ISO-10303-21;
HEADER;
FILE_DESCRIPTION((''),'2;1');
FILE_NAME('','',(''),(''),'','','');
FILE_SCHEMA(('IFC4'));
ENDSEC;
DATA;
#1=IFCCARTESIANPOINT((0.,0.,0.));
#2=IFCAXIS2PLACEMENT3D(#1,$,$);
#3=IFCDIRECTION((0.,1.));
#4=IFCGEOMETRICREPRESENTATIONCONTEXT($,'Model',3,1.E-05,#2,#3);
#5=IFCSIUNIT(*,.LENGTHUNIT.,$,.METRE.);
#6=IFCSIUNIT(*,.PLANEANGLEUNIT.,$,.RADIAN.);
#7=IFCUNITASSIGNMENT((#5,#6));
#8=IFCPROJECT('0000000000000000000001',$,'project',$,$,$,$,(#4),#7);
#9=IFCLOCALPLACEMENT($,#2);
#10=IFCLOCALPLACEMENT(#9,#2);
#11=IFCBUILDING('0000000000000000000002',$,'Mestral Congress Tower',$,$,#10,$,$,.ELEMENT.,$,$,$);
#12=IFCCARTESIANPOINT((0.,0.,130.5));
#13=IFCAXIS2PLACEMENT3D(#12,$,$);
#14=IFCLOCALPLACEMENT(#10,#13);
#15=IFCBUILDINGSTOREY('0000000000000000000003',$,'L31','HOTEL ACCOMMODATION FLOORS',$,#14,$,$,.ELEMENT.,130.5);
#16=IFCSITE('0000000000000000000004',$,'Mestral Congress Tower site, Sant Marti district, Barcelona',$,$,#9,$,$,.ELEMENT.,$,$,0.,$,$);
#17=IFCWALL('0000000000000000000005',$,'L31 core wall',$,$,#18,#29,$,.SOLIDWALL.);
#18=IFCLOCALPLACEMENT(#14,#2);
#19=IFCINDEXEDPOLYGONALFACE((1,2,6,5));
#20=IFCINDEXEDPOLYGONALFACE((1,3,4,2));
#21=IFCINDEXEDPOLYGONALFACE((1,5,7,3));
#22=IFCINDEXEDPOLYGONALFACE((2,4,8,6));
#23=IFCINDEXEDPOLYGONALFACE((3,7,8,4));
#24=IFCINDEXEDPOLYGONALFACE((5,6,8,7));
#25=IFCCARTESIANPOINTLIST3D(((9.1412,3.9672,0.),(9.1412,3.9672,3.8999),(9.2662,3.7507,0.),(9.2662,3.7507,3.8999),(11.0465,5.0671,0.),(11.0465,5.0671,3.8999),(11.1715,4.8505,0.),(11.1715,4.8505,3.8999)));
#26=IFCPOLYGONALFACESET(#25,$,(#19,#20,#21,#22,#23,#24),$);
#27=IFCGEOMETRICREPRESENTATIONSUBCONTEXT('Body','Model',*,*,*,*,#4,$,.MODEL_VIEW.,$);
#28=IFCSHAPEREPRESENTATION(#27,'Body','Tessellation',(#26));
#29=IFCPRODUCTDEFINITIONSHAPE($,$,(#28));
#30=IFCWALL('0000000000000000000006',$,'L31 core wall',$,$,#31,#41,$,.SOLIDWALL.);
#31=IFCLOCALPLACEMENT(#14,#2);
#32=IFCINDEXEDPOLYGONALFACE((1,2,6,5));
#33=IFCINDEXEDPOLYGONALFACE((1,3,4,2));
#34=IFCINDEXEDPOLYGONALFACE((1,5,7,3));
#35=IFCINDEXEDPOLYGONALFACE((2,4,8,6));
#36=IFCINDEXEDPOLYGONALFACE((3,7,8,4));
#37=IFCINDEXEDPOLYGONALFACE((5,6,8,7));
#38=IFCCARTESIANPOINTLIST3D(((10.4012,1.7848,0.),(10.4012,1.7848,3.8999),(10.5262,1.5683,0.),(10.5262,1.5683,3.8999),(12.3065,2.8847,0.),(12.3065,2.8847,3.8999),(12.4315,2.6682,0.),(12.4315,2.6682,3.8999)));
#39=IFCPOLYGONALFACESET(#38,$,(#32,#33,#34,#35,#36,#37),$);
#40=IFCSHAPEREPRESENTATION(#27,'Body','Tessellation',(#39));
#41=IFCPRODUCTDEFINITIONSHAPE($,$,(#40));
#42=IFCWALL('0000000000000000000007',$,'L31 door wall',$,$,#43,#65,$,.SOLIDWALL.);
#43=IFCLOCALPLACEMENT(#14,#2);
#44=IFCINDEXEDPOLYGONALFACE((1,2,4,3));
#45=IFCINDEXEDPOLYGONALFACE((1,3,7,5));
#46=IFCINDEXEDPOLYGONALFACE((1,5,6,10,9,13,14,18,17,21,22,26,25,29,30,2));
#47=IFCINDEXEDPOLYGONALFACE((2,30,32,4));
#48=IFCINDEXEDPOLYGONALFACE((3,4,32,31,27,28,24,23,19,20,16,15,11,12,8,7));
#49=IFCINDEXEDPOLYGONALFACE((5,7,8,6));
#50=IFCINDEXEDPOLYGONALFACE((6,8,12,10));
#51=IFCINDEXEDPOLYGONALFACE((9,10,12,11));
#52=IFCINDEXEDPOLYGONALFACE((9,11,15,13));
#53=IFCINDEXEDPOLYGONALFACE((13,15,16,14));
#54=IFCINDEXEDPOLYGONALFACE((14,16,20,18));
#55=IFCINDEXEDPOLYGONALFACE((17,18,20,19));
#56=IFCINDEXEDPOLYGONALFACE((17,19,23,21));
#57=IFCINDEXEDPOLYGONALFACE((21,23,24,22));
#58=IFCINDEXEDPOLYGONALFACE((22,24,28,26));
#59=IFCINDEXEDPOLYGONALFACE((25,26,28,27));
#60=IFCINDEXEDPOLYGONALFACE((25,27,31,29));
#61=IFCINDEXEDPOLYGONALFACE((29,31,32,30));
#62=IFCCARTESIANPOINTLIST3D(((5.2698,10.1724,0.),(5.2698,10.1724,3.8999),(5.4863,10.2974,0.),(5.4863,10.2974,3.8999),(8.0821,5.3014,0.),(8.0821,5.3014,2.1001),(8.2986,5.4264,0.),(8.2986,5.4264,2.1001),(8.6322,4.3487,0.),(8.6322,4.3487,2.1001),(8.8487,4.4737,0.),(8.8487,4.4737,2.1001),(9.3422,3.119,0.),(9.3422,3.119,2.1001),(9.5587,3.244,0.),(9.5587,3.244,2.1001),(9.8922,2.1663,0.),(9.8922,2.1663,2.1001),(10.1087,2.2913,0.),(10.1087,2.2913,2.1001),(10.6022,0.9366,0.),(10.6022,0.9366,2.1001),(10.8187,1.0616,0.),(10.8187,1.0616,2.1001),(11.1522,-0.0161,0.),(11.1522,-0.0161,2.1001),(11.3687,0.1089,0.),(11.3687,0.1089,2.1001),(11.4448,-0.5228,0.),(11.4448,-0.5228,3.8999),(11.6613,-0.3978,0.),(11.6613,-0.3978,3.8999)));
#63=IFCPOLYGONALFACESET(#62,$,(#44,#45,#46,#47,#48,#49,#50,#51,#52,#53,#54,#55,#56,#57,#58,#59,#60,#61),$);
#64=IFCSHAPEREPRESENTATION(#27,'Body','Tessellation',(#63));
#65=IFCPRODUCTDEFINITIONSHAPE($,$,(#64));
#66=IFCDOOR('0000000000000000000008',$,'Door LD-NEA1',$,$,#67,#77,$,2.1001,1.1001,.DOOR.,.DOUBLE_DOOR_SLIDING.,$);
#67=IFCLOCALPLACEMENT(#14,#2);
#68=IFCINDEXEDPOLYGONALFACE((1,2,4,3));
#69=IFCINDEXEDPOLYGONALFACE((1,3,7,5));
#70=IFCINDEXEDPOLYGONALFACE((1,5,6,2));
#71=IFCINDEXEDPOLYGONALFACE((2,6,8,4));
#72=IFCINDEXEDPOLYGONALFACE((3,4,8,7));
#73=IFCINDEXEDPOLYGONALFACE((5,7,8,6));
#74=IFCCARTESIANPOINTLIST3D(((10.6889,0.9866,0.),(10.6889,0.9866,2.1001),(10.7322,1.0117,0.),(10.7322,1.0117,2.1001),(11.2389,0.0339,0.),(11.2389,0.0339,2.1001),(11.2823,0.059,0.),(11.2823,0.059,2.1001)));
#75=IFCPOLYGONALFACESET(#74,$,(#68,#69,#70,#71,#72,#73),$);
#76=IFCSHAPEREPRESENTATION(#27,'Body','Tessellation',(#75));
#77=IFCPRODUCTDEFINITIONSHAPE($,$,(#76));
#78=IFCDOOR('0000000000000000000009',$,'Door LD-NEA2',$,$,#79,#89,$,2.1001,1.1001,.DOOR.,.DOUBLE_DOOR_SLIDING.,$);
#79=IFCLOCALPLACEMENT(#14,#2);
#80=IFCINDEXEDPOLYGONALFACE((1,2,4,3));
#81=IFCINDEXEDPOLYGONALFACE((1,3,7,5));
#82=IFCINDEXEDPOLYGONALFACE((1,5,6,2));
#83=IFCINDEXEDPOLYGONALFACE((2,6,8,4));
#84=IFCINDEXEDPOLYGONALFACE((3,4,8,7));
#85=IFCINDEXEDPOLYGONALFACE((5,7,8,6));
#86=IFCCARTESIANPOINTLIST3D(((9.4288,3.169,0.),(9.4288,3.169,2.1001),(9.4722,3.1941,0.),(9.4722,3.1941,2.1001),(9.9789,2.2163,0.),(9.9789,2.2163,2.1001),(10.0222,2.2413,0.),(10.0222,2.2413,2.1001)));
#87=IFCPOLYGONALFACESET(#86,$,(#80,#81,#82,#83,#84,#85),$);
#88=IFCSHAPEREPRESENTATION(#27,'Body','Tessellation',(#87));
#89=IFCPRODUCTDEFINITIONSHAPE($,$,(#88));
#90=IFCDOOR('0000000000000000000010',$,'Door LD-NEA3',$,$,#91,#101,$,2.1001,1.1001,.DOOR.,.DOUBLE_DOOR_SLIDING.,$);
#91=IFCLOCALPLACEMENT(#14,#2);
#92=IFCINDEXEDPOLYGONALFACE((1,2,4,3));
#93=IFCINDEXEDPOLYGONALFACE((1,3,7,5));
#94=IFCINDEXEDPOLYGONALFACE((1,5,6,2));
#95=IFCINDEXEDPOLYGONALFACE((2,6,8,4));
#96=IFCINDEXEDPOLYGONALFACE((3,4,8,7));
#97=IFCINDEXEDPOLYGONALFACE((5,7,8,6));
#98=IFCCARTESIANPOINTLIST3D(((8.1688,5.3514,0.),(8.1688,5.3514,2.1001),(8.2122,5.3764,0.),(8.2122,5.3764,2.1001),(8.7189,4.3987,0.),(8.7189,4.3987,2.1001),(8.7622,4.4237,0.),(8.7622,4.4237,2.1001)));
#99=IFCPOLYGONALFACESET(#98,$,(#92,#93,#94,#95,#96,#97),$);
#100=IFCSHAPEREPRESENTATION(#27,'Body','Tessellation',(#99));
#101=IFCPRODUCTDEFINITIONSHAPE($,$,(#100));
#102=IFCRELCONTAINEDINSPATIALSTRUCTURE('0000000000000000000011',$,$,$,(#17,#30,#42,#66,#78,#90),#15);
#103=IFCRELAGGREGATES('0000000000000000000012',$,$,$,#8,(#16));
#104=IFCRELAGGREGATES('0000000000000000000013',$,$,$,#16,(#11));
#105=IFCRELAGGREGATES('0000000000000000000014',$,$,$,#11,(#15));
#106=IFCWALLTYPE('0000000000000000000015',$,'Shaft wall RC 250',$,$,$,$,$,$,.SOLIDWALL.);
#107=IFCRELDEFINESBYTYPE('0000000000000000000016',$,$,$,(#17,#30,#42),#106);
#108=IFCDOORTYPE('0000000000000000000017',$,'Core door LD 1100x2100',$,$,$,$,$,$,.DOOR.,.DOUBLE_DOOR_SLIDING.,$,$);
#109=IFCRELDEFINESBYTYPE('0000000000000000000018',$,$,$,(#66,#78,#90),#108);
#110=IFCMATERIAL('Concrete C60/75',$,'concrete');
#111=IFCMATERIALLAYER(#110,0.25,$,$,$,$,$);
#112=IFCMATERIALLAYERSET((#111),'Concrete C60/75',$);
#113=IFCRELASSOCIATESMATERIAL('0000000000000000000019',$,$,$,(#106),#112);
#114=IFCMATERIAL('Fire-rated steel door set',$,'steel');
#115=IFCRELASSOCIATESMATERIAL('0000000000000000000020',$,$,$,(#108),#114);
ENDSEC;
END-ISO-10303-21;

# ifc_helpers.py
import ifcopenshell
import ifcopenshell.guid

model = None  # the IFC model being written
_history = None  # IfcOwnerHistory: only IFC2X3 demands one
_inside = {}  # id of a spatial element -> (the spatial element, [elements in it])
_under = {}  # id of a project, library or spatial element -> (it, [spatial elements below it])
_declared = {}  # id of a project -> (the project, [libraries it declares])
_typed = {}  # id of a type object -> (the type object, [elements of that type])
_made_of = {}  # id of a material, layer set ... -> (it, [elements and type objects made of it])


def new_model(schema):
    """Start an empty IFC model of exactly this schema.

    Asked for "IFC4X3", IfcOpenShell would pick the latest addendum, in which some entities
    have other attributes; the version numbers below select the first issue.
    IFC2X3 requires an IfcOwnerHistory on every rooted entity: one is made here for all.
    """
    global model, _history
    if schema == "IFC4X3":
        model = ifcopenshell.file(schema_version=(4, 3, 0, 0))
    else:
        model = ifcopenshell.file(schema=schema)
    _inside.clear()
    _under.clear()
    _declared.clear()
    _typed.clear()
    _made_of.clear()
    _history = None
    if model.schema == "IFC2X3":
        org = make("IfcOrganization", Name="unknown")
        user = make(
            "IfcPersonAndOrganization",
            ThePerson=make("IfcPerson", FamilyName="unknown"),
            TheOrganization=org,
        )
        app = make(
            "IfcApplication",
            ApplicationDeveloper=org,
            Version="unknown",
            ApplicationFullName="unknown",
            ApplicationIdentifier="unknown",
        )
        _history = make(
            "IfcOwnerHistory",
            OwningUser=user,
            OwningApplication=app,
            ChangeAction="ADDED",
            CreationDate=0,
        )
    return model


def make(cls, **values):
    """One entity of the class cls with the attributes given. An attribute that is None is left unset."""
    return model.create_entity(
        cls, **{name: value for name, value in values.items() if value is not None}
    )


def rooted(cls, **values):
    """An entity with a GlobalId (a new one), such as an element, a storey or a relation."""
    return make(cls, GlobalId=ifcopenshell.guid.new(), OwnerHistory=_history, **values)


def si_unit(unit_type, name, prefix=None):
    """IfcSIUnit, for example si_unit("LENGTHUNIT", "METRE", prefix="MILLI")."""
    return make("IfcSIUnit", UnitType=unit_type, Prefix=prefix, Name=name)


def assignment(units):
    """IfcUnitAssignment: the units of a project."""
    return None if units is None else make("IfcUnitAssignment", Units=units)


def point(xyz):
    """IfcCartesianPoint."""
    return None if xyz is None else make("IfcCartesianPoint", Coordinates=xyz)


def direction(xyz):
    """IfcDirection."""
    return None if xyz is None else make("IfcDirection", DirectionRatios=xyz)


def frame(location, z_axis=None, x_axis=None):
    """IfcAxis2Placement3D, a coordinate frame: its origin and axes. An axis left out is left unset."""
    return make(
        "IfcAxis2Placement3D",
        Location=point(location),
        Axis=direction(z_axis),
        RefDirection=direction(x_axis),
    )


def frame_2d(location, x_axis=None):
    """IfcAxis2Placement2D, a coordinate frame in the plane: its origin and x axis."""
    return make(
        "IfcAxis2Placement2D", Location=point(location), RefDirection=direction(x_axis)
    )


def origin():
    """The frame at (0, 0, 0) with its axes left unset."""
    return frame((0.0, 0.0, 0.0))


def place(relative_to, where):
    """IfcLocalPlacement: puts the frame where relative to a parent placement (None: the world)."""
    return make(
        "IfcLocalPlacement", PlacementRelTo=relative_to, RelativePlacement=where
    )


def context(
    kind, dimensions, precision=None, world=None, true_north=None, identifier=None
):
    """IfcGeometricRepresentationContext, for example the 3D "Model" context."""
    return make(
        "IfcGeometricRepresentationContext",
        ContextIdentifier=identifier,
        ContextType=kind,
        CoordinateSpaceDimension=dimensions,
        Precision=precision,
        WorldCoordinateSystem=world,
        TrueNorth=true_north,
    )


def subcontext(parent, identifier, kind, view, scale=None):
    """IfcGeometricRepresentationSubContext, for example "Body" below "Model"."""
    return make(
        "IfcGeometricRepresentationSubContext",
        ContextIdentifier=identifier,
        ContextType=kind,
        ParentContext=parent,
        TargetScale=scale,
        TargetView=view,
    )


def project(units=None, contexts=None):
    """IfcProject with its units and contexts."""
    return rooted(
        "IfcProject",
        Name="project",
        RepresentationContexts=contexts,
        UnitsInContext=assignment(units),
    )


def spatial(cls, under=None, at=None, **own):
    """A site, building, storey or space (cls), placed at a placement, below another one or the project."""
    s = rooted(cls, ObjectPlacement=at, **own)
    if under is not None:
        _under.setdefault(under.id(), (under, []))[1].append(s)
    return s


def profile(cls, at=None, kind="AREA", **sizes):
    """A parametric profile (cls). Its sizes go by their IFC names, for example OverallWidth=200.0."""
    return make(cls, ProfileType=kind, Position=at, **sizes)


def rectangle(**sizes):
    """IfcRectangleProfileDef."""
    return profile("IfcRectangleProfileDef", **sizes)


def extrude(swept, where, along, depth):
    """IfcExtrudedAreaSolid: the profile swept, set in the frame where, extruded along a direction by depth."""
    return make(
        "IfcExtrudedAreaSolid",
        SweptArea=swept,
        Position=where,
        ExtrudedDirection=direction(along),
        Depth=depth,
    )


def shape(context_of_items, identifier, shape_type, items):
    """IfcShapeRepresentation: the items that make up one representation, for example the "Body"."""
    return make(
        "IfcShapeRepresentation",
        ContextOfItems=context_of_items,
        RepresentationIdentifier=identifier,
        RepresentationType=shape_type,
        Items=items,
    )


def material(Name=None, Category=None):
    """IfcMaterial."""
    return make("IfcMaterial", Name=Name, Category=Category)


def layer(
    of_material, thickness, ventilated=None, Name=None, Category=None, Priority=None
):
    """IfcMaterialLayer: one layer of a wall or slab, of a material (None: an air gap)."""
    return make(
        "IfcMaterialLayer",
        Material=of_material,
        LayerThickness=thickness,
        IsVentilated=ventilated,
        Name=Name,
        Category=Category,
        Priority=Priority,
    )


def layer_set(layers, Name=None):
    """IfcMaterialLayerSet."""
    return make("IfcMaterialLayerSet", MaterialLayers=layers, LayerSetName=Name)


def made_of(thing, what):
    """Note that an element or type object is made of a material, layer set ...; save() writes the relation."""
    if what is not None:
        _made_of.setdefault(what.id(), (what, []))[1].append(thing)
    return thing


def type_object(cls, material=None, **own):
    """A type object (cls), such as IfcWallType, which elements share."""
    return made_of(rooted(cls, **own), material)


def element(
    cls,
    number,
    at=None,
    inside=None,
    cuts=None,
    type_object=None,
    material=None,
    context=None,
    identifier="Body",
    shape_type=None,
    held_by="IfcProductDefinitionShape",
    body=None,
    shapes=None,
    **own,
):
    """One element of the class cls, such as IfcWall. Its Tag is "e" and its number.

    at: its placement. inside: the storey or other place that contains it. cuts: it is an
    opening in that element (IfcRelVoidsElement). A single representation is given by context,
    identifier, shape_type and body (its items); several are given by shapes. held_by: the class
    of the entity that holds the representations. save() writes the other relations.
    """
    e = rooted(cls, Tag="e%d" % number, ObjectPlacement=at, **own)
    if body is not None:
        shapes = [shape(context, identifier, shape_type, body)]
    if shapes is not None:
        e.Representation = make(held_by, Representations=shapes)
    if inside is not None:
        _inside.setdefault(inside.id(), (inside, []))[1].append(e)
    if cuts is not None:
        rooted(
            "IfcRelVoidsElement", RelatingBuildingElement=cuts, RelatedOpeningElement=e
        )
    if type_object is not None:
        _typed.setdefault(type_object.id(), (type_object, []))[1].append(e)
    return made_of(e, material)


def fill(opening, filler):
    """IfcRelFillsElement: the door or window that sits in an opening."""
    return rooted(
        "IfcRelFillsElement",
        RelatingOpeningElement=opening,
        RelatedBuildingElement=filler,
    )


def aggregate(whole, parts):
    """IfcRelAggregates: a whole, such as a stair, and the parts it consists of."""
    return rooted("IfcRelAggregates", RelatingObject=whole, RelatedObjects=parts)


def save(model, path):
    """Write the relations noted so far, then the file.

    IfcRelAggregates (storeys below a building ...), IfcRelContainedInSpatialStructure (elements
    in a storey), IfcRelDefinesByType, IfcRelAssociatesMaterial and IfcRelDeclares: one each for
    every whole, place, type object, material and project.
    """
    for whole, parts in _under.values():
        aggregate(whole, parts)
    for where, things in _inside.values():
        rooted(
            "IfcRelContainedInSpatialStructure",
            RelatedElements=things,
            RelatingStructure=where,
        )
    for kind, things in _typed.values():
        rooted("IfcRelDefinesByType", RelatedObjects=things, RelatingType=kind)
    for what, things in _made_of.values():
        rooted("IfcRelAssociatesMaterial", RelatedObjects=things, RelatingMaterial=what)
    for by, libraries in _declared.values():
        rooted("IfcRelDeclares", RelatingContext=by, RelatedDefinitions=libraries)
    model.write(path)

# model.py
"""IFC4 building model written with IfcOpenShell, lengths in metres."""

from ifc_helpers import new_model, si_unit, direction, frame, frame_2d, origin, place, context, subcontext, project, spatial, rectangle, extrude, material, layer, layer_set, type_object, element, fill, save


model = new_model("IFC4")

# Units and contexts
model_context = context("Model", 3, precision=1e-05, world=origin(), true_north=direction((0.0, 1.0)))
body_context = subcontext(model_context, "Body", "Model", "MODEL_VIEW")
ifc_project = project(units=[si_unit("LENGTHUNIT", "METRE"), si_unit("PLANEANGLEUNIT", "RADIAN")], contexts=[model_context])

# Site, building, storey
site_placement = place(None, origin())
site = spatial("IfcSite", under=ifc_project, at=site_placement, Name="Mestral Congress Tower site, Sant Marti district, Barcelona", CompositionType="ELEMENT", RefElevation=0.0)
building_placement = place(site_placement, origin())
building = spatial("IfcBuilding", under=site, at=building_placement, Name="Mestral Congress Tower", CompositionType="ELEMENT")
storey_placement = place(building_placement, frame((0.0, 0.0, 130.5)))
storey = spatial("IfcBuildingStorey", under=building, at=storey_placement, Name="L31", Description="HOTEL ACCOMMODATION FLOORS", CompositionType="ELEMENT", Elevation=130.5)

# Walls
ifc_material_1 = material(Name="Concrete C60/75", Category="concrete")
ifc_layer_1 = layer(ifc_material_1, 0.25)
ifc_layer_set_1 = layer_set([ifc_layer_1], Name="Concrete C60/75")
wall_type_1 = type_object("IfcWallType", Name="Shaft wall RC 250", PredefinedType="SOLIDWALL", material=ifc_layer_set_1)
for number, where, z_axis, x_axis, name in (
    (1, (9.2036, 3.8589, 0.0), (0.0, 0.0, 1.0), (0.866056, 0.499947, 0.0), "L31 core wall"),
    (2, (10.4636, 1.6765, 0.0), (0.0, 0.0, 1.0), (0.866056, 0.499947, 0.0), "L31 core wall"),
):
    element("IfcWall", number, at=place(storey_placement, frame(where, z_axis=z_axis, x_axis=x_axis)), inside=storey, type_object=wall_type_1, Name=name, PredefinedType="SOLIDWALL", context=body_context, shape_type="SweptSolid", body=[
        extrude(rectangle(XDim=2.2, YDim=0.25, at=frame_2d((1.1001, 0.0))), origin(), (0.0, 0.0, 1.0), 3.8999),
    ])

# Wall, openings, doors
wall_1_placement = place(storey_placement, frame((11.553, -0.4602, 0.0), z_axis=(0.0, 0.0, 1.0), x_axis=(-0.500007, 0.866022, 0.0)))
wall_1 = element("IfcWall", 3, at=wall_1_placement, inside=storey, type_object=wall_type_1, Name="L31 door wall", PredefinedType="SOLIDWALL", context=body_context, shape_type="SweptSolid", body=[
    extrude(rectangle(XDim=12.3499, YDim=0.25, at=frame_2d((6.1748, 0.0))), origin(), (0.0, 0.0, 1.0), 3.8999),
])
opening_1_placement = place(wall_1_placement, frame((0.585, 0.0, 0.0)))
opening_1 = element("IfcOpeningElement", 4, at=opening_1_placement, cuts=wall_1, PredefinedType="OPENING", context=body_context, shape_type="SweptSolid", body=[
    extrude(rectangle(XDim=1.1001, YDim=2.1001, at=frame_2d((0.55, 1.05))), frame((0.0, 0.135, 0.0), z_axis=(0.0, -1.0, 0.0), x_axis=(1.0, 0.0, 0.0)), (0.0, 0.0, 1.0), 0.27),
])
opening_2_placement = place(wall_1_placement, frame((3.105, 0.0, 0.0)))
opening_2 = element("IfcOpeningElement", 5, at=opening_2_placement, cuts=wall_1, PredefinedType="OPENING", context=body_context, shape_type="SweptSolid", body=[
    extrude(rectangle(XDim=1.1001, YDim=2.1001, at=frame_2d((0.55, 1.05))), frame((0.0, 0.135, 0.0), z_axis=(0.0, -1.0, 0.0), x_axis=(1.0, 0.0, 0.0)), (0.0, 0.0, 1.0), 0.27),
])
opening_3_placement = place(wall_1_placement, frame((5.625, 0.0, 0.0)))
opening_3 = element("IfcOpeningElement", 6, at=opening_3_placement, cuts=wall_1, PredefinedType="OPENING", context=body_context, shape_type="SweptSolid", body=[
    extrude(rectangle(XDim=1.1001, YDim=2.1001, at=frame_2d((0.55, 1.05))), frame((0.0, 0.135, 0.0), z_axis=(0.0, -1.0, 0.0), x_axis=(1.0, 0.0, 0.0)), (0.0, 0.0, 1.0), 0.27),
])
ifc_material_2 = material(Name="Fire-rated steel door set", Category="steel")
door_type = type_object("IfcDoorType", Name="Core door LD 1100x2100", OperationType="DOUBLE_DOOR_SLIDING", PredefinedType="DOOR", material=ifc_material_2)
door_1_placement = place(opening_1_placement, origin())
door_1 = element("IfcDoor", 7, at=door_1_placement, inside=storey, type_object=door_type, Name="Door LD-NEA1", OperationType="DOUBLE_DOOR_SLIDING", OverallHeight=2.1001, OverallWidth=1.1001, PredefinedType="DOOR", context=body_context, shape_type="SweptSolid", body=[
    extrude(rectangle(XDim=1.1001, YDim=2.1001, at=frame_2d((0.55, 1.05))), frame((0.0, 0.0249, 0.0), z_axis=(0.0, -1.0, 0.0), x_axis=(1.0, 0.0, 0.0)), (0.0, 0.0, 1.0), 0.05),
])
fill(opening_1, door_1)
door_2_placement = place(opening_2_placement, origin())
door_2 = element("IfcDoor", 8, at=door_2_placement, inside=storey, type_object=door_type, Name="Door LD-NEA2", OperationType="DOUBLE_DOOR_SLIDING", OverallHeight=2.1001, OverallWidth=1.1001, PredefinedType="DOOR", context=body_context, shape_type="SweptSolid", body=[
    extrude(rectangle(XDim=1.1001, YDim=2.1001, at=frame_2d((0.55, 1.05))), frame((0.0, 0.0249, 0.0), z_axis=(0.0, -1.0, 0.0), x_axis=(1.0, 0.0, 0.0)), (0.0, 0.0, 1.0), 0.05),
])
fill(opening_2, door_2)
door_3_placement = place(opening_3_placement, origin())
door_3 = element("IfcDoor", 9, at=door_3_placement, inside=storey, type_object=door_type, Name="Door LD-NEA3", OperationType="DOUBLE_DOOR_SLIDING", OverallHeight=2.1001, OverallWidth=1.1001, PredefinedType="DOOR", context=body_context, shape_type="SweptSolid", body=[
    extrude(rectangle(XDim=1.1001, YDim=2.1001, at=frame_2d((0.55, 1.05))), frame((0.0, 0.0249, 0.0), z_axis=(0.0, -1.0, 0.0), x_axis=(1.0, 0.0, 0.0)), (0.0, 0.0, 1.0), 0.05),
])
fill(opening_3, door_3)

save(model, "model.ifc")
